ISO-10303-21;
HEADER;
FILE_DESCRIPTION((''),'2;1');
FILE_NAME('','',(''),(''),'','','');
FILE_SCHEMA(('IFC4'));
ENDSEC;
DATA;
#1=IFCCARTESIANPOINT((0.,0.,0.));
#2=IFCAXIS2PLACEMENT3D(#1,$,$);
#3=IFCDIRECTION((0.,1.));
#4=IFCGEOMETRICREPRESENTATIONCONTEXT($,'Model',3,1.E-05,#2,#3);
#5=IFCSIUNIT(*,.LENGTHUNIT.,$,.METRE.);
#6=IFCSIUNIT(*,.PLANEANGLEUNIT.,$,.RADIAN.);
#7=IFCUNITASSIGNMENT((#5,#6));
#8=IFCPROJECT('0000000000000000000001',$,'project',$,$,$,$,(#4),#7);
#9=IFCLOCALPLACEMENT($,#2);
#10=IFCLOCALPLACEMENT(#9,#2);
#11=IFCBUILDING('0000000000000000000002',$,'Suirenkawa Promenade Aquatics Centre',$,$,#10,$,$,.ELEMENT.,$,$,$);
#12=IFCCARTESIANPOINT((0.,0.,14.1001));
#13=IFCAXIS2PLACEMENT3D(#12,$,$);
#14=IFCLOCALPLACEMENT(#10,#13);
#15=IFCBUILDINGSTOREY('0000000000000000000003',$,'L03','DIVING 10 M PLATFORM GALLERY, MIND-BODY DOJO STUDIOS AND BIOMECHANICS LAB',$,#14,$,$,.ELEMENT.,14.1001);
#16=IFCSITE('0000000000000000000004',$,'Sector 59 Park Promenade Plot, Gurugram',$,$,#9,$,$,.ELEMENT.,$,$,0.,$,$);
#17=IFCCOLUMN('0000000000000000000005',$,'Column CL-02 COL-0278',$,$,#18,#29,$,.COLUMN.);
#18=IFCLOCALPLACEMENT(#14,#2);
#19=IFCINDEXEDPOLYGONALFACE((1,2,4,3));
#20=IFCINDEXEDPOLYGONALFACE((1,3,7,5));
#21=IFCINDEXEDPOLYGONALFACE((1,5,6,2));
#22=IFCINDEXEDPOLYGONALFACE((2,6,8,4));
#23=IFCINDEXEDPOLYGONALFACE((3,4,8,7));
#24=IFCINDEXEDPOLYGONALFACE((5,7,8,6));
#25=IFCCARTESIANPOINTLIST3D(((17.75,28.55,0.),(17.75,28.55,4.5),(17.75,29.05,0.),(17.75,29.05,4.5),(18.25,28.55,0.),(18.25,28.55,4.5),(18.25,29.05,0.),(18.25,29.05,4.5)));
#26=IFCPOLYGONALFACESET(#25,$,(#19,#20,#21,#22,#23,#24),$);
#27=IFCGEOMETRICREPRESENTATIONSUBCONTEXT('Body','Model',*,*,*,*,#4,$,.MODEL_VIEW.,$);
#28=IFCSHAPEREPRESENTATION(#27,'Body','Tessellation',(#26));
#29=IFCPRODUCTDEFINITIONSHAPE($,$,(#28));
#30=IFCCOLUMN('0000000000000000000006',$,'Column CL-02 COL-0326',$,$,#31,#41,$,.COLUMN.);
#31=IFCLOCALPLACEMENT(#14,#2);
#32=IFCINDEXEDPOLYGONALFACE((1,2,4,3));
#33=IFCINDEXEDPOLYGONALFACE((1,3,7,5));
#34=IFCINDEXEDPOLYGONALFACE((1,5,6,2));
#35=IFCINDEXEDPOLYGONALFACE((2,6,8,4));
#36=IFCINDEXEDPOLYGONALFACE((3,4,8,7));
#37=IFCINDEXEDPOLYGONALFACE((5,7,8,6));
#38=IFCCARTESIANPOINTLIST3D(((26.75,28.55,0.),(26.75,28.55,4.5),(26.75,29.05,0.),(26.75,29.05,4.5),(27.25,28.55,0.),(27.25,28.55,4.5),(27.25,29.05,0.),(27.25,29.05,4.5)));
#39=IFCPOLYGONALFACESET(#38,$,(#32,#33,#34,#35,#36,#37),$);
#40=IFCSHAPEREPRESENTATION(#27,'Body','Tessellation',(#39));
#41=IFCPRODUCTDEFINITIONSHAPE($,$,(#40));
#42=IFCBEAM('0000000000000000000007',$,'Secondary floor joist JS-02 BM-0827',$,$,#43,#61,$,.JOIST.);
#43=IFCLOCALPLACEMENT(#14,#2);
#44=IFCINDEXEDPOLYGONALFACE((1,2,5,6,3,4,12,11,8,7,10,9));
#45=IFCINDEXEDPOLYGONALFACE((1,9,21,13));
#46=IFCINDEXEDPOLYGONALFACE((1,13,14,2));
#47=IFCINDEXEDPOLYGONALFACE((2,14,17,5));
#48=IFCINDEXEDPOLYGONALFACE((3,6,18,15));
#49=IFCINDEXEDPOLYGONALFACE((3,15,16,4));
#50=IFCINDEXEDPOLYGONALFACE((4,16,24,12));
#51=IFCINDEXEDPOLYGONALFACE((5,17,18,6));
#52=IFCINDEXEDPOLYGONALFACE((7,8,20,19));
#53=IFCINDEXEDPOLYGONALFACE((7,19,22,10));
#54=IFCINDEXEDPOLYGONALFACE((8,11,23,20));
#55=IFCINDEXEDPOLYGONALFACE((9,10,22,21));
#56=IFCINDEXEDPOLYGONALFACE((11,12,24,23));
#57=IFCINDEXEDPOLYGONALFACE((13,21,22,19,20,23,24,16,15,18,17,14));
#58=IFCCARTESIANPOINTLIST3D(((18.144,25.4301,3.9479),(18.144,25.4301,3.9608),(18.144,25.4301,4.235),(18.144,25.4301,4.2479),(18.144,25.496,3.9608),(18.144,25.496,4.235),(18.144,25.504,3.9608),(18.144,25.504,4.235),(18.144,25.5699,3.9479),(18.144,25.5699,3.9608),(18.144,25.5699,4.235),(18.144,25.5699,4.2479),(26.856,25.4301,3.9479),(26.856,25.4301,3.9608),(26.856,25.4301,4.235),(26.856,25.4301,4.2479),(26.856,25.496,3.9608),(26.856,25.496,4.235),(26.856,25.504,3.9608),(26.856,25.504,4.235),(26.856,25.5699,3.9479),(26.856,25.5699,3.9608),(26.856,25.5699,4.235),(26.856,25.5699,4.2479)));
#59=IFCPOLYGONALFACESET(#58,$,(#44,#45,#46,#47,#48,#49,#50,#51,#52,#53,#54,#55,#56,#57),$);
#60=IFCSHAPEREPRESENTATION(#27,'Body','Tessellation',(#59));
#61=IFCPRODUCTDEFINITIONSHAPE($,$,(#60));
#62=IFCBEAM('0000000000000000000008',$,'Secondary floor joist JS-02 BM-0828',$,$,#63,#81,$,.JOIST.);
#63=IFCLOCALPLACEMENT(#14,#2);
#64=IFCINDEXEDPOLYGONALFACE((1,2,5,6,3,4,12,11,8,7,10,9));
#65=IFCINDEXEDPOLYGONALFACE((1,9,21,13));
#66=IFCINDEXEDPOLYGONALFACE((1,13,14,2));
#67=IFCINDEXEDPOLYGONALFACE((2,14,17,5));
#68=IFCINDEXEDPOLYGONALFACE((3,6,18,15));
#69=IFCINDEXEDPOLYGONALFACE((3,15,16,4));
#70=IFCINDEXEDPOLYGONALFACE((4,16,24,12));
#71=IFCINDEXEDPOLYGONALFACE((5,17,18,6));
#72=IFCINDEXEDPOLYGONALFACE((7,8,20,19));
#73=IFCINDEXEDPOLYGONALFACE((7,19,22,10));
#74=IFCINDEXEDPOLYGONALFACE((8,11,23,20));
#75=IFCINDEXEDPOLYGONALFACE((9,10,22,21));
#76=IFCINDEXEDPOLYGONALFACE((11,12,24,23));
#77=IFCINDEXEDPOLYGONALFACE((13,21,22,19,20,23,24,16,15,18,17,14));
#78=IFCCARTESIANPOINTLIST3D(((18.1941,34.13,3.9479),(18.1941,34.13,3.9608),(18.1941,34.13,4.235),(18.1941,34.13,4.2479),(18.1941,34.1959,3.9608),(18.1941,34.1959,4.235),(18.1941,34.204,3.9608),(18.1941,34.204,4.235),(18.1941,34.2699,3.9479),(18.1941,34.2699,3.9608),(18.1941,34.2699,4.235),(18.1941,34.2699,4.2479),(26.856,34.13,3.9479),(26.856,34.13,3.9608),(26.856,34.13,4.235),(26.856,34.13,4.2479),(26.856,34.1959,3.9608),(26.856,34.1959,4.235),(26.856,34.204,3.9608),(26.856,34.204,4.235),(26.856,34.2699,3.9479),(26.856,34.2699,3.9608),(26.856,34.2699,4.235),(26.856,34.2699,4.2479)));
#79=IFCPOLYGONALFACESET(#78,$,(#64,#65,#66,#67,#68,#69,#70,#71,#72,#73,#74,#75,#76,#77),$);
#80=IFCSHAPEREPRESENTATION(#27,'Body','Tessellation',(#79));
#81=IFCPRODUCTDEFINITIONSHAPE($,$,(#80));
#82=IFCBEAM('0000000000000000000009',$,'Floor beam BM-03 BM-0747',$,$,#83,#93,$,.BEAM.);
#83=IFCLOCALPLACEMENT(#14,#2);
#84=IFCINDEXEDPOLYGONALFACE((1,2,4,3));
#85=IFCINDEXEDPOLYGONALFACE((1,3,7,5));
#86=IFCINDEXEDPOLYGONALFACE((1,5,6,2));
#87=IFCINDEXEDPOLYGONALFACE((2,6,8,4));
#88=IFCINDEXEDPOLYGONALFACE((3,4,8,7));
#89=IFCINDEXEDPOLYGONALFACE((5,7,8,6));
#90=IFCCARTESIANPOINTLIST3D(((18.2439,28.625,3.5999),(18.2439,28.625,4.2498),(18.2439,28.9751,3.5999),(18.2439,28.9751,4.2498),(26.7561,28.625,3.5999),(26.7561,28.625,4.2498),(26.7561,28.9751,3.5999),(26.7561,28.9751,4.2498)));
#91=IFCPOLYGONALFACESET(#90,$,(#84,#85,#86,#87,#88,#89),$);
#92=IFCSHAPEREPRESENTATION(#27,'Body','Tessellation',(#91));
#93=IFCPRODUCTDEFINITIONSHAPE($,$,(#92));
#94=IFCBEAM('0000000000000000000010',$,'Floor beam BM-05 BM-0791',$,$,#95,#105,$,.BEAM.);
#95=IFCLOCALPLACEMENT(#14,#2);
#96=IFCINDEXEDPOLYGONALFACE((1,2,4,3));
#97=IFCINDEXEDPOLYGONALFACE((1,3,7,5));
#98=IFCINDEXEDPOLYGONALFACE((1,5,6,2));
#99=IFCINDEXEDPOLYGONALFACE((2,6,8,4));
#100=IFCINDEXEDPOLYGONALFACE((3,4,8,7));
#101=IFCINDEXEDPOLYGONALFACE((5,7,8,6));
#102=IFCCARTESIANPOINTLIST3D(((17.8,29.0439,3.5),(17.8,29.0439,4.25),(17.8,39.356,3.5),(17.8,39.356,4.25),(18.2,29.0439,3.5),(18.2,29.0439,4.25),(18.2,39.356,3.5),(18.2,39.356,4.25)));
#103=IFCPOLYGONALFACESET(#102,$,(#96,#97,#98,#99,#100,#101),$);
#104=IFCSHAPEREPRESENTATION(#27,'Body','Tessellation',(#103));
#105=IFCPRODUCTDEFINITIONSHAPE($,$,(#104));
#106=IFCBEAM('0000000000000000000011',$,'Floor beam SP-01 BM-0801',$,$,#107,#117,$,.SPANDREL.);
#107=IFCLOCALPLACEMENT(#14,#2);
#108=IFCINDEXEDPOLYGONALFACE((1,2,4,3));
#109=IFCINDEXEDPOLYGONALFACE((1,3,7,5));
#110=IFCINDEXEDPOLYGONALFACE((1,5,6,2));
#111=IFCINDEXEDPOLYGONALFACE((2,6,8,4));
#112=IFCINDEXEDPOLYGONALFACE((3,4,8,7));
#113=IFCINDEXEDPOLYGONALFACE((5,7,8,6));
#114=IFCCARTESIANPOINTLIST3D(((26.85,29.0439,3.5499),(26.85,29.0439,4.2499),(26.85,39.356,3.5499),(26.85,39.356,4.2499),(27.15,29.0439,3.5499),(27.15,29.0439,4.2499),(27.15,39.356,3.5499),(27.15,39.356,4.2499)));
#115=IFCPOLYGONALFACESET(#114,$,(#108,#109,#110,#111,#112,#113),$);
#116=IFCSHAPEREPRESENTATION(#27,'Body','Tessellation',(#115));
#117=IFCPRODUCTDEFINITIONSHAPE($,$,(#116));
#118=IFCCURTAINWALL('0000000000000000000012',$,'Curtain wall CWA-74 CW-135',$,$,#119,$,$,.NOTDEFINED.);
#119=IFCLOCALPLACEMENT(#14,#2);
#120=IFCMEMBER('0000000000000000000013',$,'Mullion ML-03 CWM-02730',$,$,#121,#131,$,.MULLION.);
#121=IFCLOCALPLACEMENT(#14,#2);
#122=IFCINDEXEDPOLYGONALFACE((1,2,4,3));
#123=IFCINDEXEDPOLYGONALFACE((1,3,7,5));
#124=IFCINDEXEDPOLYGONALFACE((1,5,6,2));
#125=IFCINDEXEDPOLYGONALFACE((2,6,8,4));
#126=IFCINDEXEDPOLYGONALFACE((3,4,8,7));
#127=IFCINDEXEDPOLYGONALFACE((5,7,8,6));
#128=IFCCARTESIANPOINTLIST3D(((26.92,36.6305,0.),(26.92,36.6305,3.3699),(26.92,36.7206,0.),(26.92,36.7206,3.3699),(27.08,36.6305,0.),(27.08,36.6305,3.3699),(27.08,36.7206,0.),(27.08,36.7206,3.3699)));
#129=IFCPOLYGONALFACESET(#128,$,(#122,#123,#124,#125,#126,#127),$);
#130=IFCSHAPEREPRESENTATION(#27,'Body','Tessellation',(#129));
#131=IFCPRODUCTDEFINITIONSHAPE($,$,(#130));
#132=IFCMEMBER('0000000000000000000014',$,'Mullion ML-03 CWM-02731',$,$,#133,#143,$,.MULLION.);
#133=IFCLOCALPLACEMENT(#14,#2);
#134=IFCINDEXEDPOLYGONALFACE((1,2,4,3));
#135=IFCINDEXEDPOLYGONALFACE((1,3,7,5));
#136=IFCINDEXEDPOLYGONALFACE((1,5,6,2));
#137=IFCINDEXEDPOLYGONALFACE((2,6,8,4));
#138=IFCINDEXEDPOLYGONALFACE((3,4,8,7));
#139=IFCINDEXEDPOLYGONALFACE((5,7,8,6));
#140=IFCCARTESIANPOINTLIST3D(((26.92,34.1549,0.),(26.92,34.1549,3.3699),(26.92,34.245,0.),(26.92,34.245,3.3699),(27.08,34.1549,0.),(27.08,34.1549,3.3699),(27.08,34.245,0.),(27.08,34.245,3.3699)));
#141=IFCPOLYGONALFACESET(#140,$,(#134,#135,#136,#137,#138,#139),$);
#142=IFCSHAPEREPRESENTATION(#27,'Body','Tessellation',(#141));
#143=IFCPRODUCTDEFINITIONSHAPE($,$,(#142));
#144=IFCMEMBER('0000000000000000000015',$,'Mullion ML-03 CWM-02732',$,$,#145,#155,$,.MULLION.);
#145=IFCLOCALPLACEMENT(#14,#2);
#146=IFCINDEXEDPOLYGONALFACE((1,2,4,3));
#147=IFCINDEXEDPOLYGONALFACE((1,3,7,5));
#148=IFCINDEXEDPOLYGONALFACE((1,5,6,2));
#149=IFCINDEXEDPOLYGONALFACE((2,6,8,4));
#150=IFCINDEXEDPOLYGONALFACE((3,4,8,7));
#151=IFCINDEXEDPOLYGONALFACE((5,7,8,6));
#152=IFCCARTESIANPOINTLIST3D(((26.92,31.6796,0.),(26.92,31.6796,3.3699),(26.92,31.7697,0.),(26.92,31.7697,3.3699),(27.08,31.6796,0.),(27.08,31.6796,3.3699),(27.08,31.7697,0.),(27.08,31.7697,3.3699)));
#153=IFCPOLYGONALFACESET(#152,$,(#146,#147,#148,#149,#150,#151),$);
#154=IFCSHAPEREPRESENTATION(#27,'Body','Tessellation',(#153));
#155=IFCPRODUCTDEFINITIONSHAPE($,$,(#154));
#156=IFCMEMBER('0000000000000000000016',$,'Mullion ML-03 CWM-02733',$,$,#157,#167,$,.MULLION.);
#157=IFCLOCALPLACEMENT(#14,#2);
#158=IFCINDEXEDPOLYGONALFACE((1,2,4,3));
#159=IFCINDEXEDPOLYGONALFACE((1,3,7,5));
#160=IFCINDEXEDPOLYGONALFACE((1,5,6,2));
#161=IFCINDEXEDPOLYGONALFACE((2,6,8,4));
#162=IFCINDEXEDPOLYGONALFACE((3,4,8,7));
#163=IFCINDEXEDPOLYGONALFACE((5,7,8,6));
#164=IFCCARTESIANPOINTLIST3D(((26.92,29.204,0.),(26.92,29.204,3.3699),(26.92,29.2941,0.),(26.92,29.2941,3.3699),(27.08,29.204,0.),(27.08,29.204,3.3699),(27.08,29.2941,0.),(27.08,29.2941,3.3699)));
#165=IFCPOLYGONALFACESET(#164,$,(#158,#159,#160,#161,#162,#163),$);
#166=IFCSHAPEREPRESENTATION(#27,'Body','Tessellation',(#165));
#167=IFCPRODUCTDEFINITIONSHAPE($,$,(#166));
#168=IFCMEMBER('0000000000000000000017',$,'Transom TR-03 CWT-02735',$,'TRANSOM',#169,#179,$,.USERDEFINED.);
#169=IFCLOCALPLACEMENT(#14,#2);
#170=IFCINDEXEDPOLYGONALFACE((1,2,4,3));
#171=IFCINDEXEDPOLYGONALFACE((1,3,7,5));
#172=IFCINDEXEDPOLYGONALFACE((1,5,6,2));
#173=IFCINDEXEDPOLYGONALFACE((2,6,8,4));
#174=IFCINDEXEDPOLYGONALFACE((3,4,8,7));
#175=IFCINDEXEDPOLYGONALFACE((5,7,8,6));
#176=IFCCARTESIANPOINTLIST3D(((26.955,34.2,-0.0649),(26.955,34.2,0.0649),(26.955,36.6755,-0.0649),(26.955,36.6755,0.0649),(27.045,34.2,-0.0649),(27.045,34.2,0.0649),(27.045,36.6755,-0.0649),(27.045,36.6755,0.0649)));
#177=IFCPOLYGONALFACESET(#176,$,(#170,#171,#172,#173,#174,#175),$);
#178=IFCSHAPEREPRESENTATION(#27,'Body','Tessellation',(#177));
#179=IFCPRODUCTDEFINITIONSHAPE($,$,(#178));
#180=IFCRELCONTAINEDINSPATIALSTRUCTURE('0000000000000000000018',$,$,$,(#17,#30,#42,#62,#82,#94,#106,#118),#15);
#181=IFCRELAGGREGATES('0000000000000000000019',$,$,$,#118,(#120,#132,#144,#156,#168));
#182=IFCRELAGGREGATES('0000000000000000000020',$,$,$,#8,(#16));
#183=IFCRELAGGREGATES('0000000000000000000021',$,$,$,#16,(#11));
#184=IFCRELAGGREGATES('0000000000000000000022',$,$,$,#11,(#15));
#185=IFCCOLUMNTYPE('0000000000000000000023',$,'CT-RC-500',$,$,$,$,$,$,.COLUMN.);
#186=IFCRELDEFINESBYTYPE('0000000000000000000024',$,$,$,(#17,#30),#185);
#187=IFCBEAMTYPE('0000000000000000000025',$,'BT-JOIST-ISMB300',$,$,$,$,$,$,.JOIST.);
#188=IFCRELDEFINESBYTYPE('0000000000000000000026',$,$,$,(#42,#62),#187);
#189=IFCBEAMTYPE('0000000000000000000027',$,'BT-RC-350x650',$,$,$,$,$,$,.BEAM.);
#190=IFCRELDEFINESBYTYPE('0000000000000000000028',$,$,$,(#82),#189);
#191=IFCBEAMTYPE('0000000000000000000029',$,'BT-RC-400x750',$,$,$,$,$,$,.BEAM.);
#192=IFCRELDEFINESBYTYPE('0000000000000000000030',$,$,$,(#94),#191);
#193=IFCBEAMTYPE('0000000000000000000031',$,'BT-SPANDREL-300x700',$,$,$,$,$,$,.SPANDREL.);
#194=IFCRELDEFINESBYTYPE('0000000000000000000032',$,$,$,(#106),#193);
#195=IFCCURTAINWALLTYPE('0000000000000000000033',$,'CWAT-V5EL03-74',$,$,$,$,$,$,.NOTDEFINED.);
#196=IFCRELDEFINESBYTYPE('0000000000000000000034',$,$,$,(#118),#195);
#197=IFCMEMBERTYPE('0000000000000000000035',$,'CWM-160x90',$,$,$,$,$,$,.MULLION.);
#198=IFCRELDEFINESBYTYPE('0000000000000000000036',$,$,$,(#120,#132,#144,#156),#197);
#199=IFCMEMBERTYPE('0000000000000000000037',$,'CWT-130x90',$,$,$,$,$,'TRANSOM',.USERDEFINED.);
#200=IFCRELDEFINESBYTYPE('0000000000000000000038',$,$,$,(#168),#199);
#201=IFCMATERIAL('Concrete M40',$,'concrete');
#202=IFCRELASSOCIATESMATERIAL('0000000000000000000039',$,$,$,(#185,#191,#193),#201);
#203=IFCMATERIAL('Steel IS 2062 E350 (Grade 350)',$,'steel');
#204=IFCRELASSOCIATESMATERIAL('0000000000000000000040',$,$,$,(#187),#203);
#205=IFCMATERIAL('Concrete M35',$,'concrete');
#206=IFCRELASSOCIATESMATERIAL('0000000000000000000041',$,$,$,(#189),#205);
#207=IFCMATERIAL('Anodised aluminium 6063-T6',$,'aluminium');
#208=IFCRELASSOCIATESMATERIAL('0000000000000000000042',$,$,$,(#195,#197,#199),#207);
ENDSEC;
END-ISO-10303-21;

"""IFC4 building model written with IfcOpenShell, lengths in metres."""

from ifc_helpers import new_model, si_unit, direction, frame, origin, origin_2d, place, context, subcontext, project, spatial, rectangle, i_section, extrude, material, material_profile, profile_set, type_object, element, aggregate, save


model = new_model("IFC4")

# Units and contexts
model_context = context("Model", 3, precision=1e-05, world=origin(), true_north=direction((0.0, 1.0)))
body_context = subcontext(model_context, "Body", "Model", "MODEL_VIEW")
ifc_project = project(units=[si_unit("LENGTHUNIT", "METRE"), si_unit("PLANEANGLEUNIT", "RADIAN")], contexts=[model_context])

# Site, building, storey
site_placement = place(None, origin())
site = spatial("IfcSite", under=ifc_project, at=site_placement, Name="Sector 59 Park Promenade Plot, Gurugram", CompositionType="ELEMENT", RefElevation=0.0)
building_placement = place(site_placement, origin())
building = spatial("IfcBuilding", under=site, at=building_placement, Name="Suirenkawa Promenade Aquatics Centre", CompositionType="ELEMENT")
storey_placement = place(building_placement, frame((0.0, 0.0, 14.1001)))
storey = spatial("IfcBuildingStorey", under=building, at=storey_placement, Name="L03", Description="DIVING 10 M PLATFORM GALLERY, MIND-BODY DOJO STUDIOS AND BIOMECHANICS LAB", CompositionType="ELEMENT", Elevation=14.1001)

# Columns
ifc_material_1 = material(Name="Concrete M40", Category="concrete")
ifc_material_profile_1 = material_profile(ifc_material_1, rectangle(XDim=0.5, YDim=0.5, at=origin_2d()), Name="RC COL 500x500", Category="concrete")
ifc_profile_set_1 = profile_set([ifc_material_profile_1], Name="Concrete M40")
column_type = type_object("IfcColumnType", Name="CT-RC-500", PredefinedType="COLUMN", material=ifc_profile_set_1)
for number, where, z_axis, x_axis, name in (
    (1, (18.0, 28.8, 0.0), (0.0, 0.0, 1.0), (1.0, 0.0, 0.0), "Column CL-02 COL-0278"),
    (2, (27.0, 28.8, 0.0), (0.0, 0.0, 1.0), (1.0, 0.0, 0.0), "Column CL-02 COL-0326"),
):
    element("IfcColumn", number, at=place(storey_placement, frame(where, z_axis=z_axis, x_axis=x_axis)), inside=storey, type_object=column_type, Name=name, PredefinedType="COLUMN", context=body_context, shape_type="SweptSolid", body=[
        extrude(rectangle(XDim=0.5, YDim=0.5, at=origin_2d()), origin(), (0.0, 0.0, 1.0), 4.5),
    ])

# Beams
ifc_material_2 = material(Name="Steel IS 2062 E350 (Grade 350)", Category="steel")
ifc_material_profile_2 = material_profile(ifc_material_2, i_section(OverallWidth=0.1399, OverallDepth=0.3, WebThickness=0.0081, FlangeThickness=0.0129, at=origin_2d()), Name="ISMB 300", Category="steel")
ifc_profile_set_2 = profile_set([ifc_material_profile_2], Name="Steel IS 2062 E350 (Grade 350)")
beam_type_1 = type_object("IfcBeamType", Name="BT-JOIST-ISMB300", PredefinedType="JOIST", material=ifc_profile_set_2)
beam_1_placement = place(storey_placement, frame((18.144, 25.5, 4.0979), z_axis=(1.0, 0.0, 0.0), x_axis=(0.0, 1.0, 0.0)))
element("IfcBeam", 3, at=beam_1_placement, inside=storey, type_object=beam_type_1, Name="Secondary floor joist JS-02 BM-0827", PredefinedType="JOIST", context=body_context, shape_type="SweptSolid", body=[
    extrude(i_section(OverallWidth=0.1399, OverallDepth=0.3, WebThickness=0.0081, FlangeThickness=0.0129, at=origin_2d()), origin(), (0.0, 0.0, 1.0), 8.7119),
])
beam_2_placement = place(storey_placement, frame((18.1941, 34.2, 4.0979), z_axis=(1.0, 0.0, 0.0), x_axis=(0.0, 1.0, 0.0)))
element("IfcBeam", 4, at=beam_2_placement, inside=storey, type_object=beam_type_1, Name="Secondary floor joist JS-02 BM-0828", PredefinedType="JOIST", context=body_context, shape_type="SweptSolid", body=[
    extrude(i_section(OverallWidth=0.1399, OverallDepth=0.3, WebThickness=0.0081, FlangeThickness=0.0129, at=origin_2d()), origin(), (0.0, 0.0, 1.0), 8.6619),
])
ifc_material_3 = material(Name="Concrete M35", Category="concrete")
ifc_material_profile_3 = material_profile(ifc_material_3, rectangle(XDim=0.3501, YDim=0.6499, at=origin_2d()), Name="RC BM 350x650", Category="concrete")
ifc_profile_set_3 = profile_set([ifc_material_profile_3], Name="Concrete M35")
beam_type_2 = type_object("IfcBeamType", Name="BT-RC-350x650", PredefinedType="BEAM", material=ifc_profile_set_3)
beam_3_placement = place(storey_placement, frame((18.2439, 28.8, 3.9248), z_axis=(1.0, 0.0, 0.0), x_axis=(0.0, 1.0, 0.0)))
element("IfcBeam", 5, at=beam_3_placement, inside=storey, type_object=beam_type_2, Name="Floor beam BM-03 BM-0747", PredefinedType="BEAM", context=body_context, shape_type="SweptSolid", body=[
    extrude(rectangle(XDim=0.3501, YDim=0.6499, at=origin_2d()), origin(), (0.0, 0.0, 1.0), 8.5122),
])
ifc_material_profile_4 = material_profile(ifc_material_1, rectangle(XDim=0.3999, YDim=0.75, at=origin_2d()), Name="RC BM 400x750", Category="concrete")
ifc_profile_set_4 = profile_set([ifc_material_profile_4], Name="Concrete M40")
beam_type_3 = type_object("IfcBeamType", Name="BT-RC-400x750", PredefinedType="BEAM", material=ifc_profile_set_4)
beam_4_placement = place(storey_placement, frame((18.0, 29.0439, 3.875), z_axis=(0.0, 1.0, 0.0), x_axis=(-1.0, 0.0, 0.0)))
element("IfcBeam", 6, at=beam_4_placement, inside=storey, type_object=beam_type_3, Name="Floor beam BM-05 BM-0791", PredefinedType="BEAM", context=body_context, shape_type="SweptSolid", body=[
    extrude(rectangle(XDim=0.3999, YDim=0.75, at=origin_2d()), origin(), (0.0, 0.0, 1.0), 10.312),
])
ifc_material_profile_5 = material_profile(ifc_material_1, rectangle(XDim=0.3, YDim=0.7, at=origin_2d()), Name="RC SPANDREL 300x700", Category="concrete")
ifc_profile_set_5 = profile_set([ifc_material_profile_5], Name="Concrete M40")
beam_type_4 = type_object("IfcBeamType", Name="BT-SPANDREL-300x700", PredefinedType="SPANDREL", material=ifc_profile_set_5)
beam_5_placement = place(storey_placement, frame((27.0, 29.0439, 3.8999), z_axis=(0.0, 1.0, 0.0), x_axis=(-1.0, 0.0, 0.0)))
element("IfcBeam", 7, at=beam_5_placement, inside=storey, type_object=beam_type_4, Name="Floor beam SP-01 BM-0801", PredefinedType="SPANDREL", context=body_context, shape_type="SweptSolid", body=[
    extrude(rectangle(XDim=0.3, YDim=0.7, at=origin_2d()), origin(), (0.0, 0.0, 1.0), 10.312),
])

# Curtain wall, members
ifc_material_4 = material(Name="Anodised aluminium 6063-T6", Category="aluminium")
curtain_wall_type = type_object("IfcCurtainWallType", Name="CWAT-V5EL03-74", PredefinedType="NOTDEFINED", material=ifc_material_4)
curtain_wall_placement = place(storey_placement, origin())
curtain_wall = element("IfcCurtainWall", 8, at=curtain_wall_placement, inside=storey, type_object=curtain_wall_type, Name="Curtain wall CWA-74 CW-135", PredefinedType="NOTDEFINED")
ifc_material_profile_6 = material_profile(ifc_material_4, rectangle(XDim=0.0901, YDim=0.1599, at=origin_2d()), Name="ALU MULL 90x160", Category="aluminium")
ifc_profile_set_6 = profile_set([ifc_material_profile_6], Name="Anodised aluminium 6063-T6")
member_type_1 = type_object("IfcMemberType", Name="CWM-160x90", PredefinedType="MULLION", material=ifc_profile_set_6)
member_1_placement = place(storey_placement, frame((27.0, 36.6755, 0.0), z_axis=(0.0, 0.0, 1.0), x_axis=(0.0, -1.0, 0.0)))
member_1 = element("IfcMember", 9, at=member_1_placement, type_object=member_type_1, Name="Mullion ML-03 CWM-02730", PredefinedType="MULLION", context=body_context, shape_type="SweptSolid", body=[
    extrude(rectangle(XDim=0.0901, YDim=0.1599, at=origin_2d()), origin(), (0.0, 0.0, 1.0), 3.3699),
])
member_2_placement = place(storey_placement, frame((27.0, 34.2, 0.0), z_axis=(0.0, 0.0, 1.0), x_axis=(0.0, -1.0, 0.0)))
member_2 = element("IfcMember", 10, at=member_2_placement, type_object=member_type_1, Name="Mullion ML-03 CWM-02731", PredefinedType="MULLION", context=body_context, shape_type="SweptSolid", body=[
    extrude(rectangle(XDim=0.0901, YDim=0.1599, at=origin_2d()), origin(), (0.0, 0.0, 1.0), 3.3699),
])
member_3_placement = place(storey_placement, frame((27.0, 31.7246, 0.0), z_axis=(0.0, 0.0, 1.0), x_axis=(0.0, -1.0, 0.0)))
member_3 = element("IfcMember", 11, at=member_3_placement, type_object=member_type_1, Name="Mullion ML-03 CWM-02732", PredefinedType="MULLION", context=body_context, shape_type="SweptSolid", body=[
    extrude(rectangle(XDim=0.0901, YDim=0.1599, at=origin_2d()), origin(), (0.0, 0.0, 1.0), 3.3699),
])
member_4_placement = place(storey_placement, frame((27.0, 29.249, 0.0), z_axis=(0.0, 0.0, 1.0), x_axis=(0.0, -1.0, 0.0)))
member_4 = element("IfcMember", 12, at=member_4_placement, type_object=member_type_1, Name="Mullion ML-03 CWM-02733", PredefinedType="MULLION", context=body_context, shape_type="SweptSolid", body=[
    extrude(rectangle(XDim=0.0901, YDim=0.1599, at=origin_2d()), origin(), (0.0, 0.0, 1.0), 3.3699),
])
ifc_material_profile_7 = material_profile(ifc_material_4, rectangle(XDim=0.0901, YDim=0.1299, at=origin_2d()), Name="ALU TRAN 90x130", Category="aluminium")
ifc_profile_set_7 = profile_set([ifc_material_profile_7], Name="Anodised aluminium 6063-T6")
member_type_2 = type_object("IfcMemberType", Name="CWT-130x90", ElementType="TRANSOM", PredefinedType="USERDEFINED", material=ifc_profile_set_7)
member_5_placement = place(storey_placement, frame((27.0, 36.6755, 0.0), z_axis=(0.0, -1.0, 0.0), x_axis=(1.0, 0.0, 0.0)))
member_5 = element("IfcMember", 13, at=member_5_placement, type_object=member_type_2, Name="Transom TR-03 CWT-02735", ObjectType="TRANSOM", PredefinedType="USERDEFINED", context=body_context, shape_type="SweptSolid", body=[
    extrude(rectangle(XDim=0.0901, YDim=0.1299, at=origin_2d()), origin(), (0.0, 0.0, 1.0), 2.4756),
])
aggregate(curtain_wall, [member_1, member_2, member_3, member_4, member_5])

save(model, "model.ifc")
